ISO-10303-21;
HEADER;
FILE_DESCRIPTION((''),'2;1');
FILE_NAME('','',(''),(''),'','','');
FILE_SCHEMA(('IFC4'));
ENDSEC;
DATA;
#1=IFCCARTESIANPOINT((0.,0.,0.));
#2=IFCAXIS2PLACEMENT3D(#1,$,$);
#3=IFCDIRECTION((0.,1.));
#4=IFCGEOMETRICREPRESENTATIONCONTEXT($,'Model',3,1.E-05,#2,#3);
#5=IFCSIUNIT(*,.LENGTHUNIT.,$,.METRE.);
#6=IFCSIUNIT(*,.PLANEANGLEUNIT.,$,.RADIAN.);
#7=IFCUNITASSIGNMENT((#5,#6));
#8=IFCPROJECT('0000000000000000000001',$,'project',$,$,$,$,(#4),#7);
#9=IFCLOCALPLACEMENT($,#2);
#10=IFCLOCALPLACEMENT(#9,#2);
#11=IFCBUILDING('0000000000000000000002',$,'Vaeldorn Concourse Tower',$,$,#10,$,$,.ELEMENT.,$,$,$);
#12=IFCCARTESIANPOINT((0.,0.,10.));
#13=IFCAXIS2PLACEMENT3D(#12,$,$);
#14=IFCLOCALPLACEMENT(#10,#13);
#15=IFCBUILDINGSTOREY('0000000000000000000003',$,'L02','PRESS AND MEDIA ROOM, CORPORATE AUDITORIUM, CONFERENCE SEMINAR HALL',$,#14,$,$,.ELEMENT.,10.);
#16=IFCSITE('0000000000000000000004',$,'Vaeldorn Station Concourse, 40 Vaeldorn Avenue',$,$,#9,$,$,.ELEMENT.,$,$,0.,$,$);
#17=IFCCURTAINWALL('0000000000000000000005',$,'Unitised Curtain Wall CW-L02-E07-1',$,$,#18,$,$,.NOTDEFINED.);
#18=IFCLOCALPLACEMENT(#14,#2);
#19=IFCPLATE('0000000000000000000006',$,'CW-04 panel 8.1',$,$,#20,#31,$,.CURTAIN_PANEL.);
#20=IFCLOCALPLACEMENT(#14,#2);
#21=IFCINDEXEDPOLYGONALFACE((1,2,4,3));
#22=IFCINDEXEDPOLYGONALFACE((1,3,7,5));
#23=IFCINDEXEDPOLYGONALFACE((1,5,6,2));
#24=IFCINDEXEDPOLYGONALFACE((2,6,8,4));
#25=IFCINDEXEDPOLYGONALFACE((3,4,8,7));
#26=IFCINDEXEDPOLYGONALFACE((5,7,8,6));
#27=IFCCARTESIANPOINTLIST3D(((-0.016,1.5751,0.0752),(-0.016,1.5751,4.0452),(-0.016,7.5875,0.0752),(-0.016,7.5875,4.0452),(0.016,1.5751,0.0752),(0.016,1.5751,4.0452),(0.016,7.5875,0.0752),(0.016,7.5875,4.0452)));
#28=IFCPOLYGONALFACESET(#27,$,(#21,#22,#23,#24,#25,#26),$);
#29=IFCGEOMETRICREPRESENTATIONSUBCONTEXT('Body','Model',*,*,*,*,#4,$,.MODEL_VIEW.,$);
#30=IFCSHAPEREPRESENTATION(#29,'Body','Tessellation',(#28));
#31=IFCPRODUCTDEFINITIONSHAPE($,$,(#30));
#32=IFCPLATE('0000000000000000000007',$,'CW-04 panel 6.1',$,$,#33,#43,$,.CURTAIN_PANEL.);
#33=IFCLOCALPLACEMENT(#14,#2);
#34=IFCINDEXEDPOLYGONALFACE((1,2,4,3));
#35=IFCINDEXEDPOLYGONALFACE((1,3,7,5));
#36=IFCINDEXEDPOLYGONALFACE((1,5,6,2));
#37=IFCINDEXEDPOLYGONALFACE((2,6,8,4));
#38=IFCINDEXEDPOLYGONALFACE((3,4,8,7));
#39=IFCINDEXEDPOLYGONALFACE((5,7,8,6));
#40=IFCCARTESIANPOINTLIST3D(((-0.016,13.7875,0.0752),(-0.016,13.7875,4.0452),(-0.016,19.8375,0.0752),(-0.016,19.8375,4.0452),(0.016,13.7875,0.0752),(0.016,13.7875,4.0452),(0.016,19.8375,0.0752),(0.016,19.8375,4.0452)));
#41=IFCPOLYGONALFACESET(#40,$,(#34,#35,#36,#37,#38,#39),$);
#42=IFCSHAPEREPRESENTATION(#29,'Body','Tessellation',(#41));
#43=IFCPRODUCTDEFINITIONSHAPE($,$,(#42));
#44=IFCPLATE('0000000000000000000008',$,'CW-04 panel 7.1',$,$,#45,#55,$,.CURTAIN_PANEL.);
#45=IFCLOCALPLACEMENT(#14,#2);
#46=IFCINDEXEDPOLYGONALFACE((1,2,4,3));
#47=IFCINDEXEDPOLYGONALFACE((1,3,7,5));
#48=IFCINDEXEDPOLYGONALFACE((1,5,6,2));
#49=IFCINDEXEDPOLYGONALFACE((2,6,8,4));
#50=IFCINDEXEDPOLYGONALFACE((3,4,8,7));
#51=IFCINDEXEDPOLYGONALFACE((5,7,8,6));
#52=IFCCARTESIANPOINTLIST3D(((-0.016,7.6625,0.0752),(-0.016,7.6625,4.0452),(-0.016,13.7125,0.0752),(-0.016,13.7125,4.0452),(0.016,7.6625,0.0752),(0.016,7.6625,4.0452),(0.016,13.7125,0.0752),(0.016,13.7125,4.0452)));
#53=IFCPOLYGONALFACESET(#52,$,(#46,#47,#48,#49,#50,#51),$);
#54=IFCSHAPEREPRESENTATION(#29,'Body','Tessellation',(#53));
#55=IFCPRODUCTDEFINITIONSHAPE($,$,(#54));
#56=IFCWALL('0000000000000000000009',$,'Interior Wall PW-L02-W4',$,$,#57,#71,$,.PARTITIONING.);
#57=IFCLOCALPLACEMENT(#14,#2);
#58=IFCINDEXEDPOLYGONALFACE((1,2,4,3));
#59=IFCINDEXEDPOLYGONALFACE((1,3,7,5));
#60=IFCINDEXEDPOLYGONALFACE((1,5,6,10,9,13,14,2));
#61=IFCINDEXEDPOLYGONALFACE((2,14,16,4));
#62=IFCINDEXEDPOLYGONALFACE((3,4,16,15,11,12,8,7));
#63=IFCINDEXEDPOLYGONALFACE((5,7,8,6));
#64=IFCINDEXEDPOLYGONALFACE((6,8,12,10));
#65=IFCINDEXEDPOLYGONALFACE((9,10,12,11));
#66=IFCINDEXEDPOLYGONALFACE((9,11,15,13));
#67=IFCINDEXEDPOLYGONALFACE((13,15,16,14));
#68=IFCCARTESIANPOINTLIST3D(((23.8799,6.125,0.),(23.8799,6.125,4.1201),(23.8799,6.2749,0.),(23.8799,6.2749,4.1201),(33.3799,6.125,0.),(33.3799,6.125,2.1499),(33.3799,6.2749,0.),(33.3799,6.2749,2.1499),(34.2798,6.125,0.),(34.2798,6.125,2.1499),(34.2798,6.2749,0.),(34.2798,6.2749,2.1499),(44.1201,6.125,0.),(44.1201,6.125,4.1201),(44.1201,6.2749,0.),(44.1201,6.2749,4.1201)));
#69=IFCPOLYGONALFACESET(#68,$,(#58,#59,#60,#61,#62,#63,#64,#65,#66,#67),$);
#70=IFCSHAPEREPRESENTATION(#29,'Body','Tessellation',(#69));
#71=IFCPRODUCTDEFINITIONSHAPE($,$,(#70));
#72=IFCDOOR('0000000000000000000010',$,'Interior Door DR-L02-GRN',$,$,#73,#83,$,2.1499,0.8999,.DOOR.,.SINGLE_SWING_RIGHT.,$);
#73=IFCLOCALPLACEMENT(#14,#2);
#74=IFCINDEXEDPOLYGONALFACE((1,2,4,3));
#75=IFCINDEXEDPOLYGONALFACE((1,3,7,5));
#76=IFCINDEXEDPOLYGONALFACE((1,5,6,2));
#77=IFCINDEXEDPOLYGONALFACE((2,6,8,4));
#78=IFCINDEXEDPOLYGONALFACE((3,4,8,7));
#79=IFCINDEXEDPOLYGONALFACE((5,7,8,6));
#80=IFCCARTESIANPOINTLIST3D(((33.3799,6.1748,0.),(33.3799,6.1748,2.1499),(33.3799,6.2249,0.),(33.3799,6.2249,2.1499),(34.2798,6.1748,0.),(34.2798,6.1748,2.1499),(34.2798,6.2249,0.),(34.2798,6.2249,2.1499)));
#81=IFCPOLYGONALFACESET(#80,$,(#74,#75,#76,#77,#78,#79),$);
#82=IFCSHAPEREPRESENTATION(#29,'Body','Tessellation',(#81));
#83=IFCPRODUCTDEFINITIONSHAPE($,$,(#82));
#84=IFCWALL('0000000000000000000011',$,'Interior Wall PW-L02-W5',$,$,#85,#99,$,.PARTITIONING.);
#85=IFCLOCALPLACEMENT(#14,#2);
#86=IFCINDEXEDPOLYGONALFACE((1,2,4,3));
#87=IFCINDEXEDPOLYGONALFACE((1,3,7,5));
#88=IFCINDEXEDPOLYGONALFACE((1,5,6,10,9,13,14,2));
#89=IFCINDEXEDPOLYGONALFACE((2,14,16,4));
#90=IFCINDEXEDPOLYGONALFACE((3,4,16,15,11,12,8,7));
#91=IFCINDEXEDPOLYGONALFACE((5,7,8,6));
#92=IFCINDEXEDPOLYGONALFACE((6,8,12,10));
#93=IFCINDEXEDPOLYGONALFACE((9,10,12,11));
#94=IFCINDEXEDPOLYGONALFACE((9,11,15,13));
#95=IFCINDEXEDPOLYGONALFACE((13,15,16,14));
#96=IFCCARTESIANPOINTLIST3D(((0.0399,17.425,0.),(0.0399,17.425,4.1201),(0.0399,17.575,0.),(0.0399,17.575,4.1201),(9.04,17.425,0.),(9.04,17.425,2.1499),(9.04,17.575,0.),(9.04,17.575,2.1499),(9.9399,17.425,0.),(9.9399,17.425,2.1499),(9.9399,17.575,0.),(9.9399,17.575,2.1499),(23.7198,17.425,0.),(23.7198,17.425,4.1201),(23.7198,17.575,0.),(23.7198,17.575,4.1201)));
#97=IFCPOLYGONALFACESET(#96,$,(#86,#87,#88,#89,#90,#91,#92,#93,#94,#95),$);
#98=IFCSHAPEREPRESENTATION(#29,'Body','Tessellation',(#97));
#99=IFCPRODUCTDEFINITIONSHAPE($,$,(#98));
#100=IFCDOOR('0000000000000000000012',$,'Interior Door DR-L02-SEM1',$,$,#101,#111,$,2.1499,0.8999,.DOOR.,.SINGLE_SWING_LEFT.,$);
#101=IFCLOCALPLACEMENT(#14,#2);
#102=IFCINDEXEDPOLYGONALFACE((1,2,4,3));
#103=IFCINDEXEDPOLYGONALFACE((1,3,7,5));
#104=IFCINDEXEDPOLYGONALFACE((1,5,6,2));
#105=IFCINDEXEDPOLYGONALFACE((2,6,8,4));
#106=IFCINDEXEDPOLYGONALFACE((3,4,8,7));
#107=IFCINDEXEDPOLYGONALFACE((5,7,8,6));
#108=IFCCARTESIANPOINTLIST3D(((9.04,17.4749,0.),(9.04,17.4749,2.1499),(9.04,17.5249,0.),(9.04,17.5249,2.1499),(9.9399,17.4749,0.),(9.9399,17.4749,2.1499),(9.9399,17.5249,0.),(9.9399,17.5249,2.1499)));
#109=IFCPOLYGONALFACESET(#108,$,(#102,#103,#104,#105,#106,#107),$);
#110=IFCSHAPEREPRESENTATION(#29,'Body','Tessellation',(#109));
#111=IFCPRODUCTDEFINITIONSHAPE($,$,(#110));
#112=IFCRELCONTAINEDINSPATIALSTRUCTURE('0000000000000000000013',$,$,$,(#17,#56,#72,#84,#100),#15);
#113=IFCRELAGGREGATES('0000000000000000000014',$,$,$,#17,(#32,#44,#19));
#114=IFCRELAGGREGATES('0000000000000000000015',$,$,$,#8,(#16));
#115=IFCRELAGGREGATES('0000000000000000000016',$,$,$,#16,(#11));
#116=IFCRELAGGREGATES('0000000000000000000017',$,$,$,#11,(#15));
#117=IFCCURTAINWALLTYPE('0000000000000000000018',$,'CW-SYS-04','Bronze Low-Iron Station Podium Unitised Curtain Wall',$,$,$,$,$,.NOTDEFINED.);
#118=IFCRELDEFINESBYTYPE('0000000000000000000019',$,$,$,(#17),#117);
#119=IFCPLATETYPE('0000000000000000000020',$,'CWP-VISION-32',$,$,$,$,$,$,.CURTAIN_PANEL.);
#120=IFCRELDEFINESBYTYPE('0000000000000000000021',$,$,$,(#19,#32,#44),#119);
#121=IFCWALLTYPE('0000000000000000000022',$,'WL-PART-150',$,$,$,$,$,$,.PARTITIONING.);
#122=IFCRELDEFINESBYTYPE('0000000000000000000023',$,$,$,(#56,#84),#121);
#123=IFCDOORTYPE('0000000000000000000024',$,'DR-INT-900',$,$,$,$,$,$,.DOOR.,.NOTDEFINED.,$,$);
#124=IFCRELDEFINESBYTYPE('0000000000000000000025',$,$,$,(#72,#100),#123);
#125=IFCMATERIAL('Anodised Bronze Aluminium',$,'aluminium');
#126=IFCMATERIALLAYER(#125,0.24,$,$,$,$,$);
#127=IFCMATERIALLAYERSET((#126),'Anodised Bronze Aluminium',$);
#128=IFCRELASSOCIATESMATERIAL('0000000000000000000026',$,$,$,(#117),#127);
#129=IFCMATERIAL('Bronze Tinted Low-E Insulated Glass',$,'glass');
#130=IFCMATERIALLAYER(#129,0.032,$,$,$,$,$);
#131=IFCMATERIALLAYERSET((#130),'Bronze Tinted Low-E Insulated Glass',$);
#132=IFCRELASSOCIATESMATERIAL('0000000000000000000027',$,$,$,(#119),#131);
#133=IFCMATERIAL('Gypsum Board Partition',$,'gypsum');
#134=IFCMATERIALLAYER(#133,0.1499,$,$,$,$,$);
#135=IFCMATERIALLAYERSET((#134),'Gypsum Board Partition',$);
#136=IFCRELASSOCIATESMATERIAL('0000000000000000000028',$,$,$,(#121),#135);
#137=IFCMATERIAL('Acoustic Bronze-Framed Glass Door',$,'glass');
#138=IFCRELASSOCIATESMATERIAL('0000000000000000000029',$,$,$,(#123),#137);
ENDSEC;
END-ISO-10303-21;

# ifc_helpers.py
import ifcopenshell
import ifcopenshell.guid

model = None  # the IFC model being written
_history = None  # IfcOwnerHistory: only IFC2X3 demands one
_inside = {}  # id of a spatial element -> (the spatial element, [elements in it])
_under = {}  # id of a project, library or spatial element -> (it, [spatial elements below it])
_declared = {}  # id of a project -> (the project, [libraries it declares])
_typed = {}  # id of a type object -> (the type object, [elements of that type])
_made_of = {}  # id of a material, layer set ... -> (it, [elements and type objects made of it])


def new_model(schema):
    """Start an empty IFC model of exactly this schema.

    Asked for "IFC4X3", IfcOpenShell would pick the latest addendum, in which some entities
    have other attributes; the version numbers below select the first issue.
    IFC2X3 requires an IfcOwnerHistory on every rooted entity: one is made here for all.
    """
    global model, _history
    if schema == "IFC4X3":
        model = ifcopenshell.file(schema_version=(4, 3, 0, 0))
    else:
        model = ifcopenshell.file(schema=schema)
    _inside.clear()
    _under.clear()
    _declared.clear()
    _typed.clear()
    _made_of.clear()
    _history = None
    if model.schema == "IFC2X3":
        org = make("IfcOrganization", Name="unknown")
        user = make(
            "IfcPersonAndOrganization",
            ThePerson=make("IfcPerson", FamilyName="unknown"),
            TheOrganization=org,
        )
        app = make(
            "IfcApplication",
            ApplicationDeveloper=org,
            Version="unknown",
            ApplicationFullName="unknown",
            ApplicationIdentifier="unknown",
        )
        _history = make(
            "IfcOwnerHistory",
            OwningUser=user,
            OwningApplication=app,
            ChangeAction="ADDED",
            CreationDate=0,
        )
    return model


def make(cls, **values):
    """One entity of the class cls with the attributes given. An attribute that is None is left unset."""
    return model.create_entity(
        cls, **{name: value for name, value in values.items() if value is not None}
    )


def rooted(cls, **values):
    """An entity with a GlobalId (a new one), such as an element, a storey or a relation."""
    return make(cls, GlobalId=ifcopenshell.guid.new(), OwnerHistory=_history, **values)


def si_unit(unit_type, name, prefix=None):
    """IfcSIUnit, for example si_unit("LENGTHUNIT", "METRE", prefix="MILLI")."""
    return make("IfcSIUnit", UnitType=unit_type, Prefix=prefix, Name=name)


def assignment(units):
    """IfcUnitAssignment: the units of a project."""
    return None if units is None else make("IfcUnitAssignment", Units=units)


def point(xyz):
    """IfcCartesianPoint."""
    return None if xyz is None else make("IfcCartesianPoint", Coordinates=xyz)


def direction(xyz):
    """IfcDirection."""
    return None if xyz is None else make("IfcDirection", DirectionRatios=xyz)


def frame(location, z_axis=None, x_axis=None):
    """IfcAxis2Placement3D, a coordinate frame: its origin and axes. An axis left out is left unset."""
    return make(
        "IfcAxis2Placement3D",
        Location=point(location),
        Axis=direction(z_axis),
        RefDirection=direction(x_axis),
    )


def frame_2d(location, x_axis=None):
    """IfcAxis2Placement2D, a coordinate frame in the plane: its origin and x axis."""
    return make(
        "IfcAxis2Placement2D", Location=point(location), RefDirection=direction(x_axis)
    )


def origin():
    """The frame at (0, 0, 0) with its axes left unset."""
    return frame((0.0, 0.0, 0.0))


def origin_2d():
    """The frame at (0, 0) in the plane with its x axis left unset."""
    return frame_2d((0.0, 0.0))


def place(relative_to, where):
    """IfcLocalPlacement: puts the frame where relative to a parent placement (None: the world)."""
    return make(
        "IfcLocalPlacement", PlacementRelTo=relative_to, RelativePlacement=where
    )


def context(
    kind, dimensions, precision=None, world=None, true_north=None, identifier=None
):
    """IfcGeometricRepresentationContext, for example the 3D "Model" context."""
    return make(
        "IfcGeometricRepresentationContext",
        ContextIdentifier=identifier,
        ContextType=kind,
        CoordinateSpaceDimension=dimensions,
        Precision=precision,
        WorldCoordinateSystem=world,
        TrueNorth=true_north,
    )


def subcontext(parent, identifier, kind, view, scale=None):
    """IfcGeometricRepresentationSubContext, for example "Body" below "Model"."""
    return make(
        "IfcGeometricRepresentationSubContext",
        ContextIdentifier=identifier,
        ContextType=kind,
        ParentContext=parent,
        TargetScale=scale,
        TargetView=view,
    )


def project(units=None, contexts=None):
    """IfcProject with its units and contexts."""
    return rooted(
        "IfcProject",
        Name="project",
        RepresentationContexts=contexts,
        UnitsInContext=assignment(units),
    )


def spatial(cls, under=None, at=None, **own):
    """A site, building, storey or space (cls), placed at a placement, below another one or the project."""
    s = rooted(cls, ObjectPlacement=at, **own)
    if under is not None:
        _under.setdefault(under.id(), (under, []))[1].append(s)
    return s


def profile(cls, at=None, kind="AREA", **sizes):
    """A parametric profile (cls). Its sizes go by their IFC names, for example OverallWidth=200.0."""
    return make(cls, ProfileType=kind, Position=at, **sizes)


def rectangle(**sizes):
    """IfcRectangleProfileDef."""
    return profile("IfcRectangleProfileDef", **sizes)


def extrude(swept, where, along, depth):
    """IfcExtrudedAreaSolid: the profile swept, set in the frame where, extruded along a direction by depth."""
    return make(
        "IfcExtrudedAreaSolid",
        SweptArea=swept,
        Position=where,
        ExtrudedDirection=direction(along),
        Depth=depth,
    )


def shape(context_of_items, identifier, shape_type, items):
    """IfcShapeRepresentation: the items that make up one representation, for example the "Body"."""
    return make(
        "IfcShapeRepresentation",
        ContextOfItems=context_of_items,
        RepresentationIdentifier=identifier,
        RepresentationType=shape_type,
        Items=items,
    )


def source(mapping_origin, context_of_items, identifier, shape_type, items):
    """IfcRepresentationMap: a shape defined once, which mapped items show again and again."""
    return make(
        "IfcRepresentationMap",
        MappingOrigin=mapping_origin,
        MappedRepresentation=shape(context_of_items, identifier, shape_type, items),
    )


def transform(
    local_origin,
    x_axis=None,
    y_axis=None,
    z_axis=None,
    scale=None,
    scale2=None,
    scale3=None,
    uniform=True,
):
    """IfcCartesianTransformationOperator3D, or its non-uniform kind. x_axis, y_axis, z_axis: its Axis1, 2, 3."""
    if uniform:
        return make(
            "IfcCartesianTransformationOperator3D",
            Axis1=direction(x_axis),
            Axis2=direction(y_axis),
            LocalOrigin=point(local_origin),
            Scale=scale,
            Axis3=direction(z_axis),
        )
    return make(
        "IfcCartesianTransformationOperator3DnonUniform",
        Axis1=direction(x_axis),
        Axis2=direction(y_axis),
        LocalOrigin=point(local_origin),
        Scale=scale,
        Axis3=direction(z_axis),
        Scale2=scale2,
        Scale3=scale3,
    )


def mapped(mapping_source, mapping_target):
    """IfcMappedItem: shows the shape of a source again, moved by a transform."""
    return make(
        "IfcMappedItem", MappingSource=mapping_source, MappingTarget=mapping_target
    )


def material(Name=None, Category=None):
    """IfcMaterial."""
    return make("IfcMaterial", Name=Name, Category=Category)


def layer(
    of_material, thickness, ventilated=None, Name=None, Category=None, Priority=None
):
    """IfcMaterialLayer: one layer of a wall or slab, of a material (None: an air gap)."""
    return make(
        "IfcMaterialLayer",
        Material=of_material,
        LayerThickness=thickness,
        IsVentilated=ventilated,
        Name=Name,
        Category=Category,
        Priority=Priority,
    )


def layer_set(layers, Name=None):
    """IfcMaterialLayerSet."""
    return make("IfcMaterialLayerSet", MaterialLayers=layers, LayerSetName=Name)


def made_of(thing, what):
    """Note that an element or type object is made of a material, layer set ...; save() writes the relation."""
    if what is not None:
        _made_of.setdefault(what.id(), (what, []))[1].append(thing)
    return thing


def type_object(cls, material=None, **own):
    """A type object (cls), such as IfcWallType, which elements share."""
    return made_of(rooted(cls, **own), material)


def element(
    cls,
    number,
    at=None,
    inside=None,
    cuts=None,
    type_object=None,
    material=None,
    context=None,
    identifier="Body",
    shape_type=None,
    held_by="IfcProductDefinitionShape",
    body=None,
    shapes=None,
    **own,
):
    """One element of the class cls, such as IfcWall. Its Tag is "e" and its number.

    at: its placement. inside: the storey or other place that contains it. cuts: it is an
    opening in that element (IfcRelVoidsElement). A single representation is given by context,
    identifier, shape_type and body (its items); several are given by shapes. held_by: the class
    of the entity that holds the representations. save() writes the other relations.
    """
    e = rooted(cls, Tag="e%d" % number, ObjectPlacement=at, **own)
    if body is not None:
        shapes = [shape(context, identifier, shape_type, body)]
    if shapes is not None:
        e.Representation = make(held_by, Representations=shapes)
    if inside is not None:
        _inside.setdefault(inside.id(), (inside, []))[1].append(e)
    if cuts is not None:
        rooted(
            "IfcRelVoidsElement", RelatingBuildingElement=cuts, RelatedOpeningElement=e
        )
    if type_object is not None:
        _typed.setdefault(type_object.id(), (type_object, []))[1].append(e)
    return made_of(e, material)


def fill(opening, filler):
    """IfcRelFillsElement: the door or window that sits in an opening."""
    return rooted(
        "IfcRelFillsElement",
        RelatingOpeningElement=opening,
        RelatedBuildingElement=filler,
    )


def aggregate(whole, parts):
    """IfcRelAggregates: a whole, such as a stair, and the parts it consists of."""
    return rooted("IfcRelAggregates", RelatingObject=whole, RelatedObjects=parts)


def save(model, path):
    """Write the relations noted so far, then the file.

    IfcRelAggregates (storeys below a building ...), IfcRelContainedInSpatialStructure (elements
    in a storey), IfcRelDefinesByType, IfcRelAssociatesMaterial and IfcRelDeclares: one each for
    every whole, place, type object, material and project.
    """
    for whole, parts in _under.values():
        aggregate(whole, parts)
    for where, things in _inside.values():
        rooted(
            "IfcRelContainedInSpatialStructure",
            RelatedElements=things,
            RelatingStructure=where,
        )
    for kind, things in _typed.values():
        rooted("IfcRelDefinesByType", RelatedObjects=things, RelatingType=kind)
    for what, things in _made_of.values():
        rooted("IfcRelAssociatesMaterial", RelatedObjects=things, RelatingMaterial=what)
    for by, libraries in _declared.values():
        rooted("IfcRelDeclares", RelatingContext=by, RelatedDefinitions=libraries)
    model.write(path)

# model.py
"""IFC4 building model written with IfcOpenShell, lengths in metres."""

from ifc_helpers import new_model, si_unit, direction, frame, frame_2d, origin, origin_2d, place, context, subcontext, project, spatial, rectangle, extrude, source, transform, mapped, material, layer, layer_set, type_object, element, fill, aggregate, save


model = new_model("IFC4")

# Units and contexts
model_context = context("Model", 3, precision=1e-05, world=origin(), true_north=direction((0.0, 1.0)))
body_context = subcontext(model_context, "Body", "Model", "MODEL_VIEW")
ifc_project = project(units=[si_unit("LENGTHUNIT", "METRE"), si_unit("PLANEANGLEUNIT", "RADIAN")], contexts=[model_context])

# Site, building, storey
site_placement = place(None, origin())
site = spatial("IfcSite", under=ifc_project, at=site_placement, Name="Vaeldorn Station Concourse, 40 Vaeldorn Avenue", CompositionType="ELEMENT", RefElevation=0.0)
building_placement = place(site_placement, origin())
building = spatial("IfcBuilding", under=site, at=building_placement, Name="Vaeldorn Concourse Tower", CompositionType="ELEMENT")
storey_placement = place(building_placement, frame((0.0, 0.0, 10.0)))
storey = spatial("IfcBuildingStorey", under=building, at=storey_placement, Name="L02", Description="PRESS AND MEDIA ROOM, CORPORATE AUDITORIUM, CONFERENCE SEMINAR HALL", CompositionType="ELEMENT", Elevation=10.0)

# Curtain wall
ifc_material_1 = material(Name="Anodised Bronze Aluminium", Category="aluminium")
ifc_layer_1 = layer(ifc_material_1, 0.24)
ifc_layer_set_1 = layer_set([ifc_layer_1], Name="Anodised Bronze Aluminium")
curtain_wall_type = type_object("IfcCurtainWallType", Name="CW-SYS-04", Description="Bronze Low-Iron Station Podium Unitised Curtain Wall", PredefinedType="NOTDEFINED", material=ifc_layer_set_1)
curtain_wall_1_placement = place(storey_placement, origin())
curtain_wall_1 = element("IfcCurtainWall", 1, at=curtain_wall_1_placement, inside=storey, type_object=curtain_wall_type, Name="Unitised Curtain Wall CW-L02-E07-1", PredefinedType="NOTDEFINED")

# Plates
ifc_material_2 = material(Name="Bronze Tinted Low-E Insulated Glass", Category="glass")
ifc_layer_2 = layer(ifc_material_2, 0.032)
ifc_layer_set_2 = layer_set([ifc_layer_2], Name="Bronze Tinted Low-E Insulated Glass")
plate_type = type_object("IfcPlateType", Name="CWP-VISION-32", PredefinedType="CURTAIN_PANEL", material=ifc_layer_set_2)
shared_shape_1 = source(origin(), body_context, "Body", "SweptSolid", [
    extrude(rectangle(XDim=6.0125, YDim=0.032, at=origin_2d()), origin(), (0.0, 0.0, 1.0), 3.97),
])
plate_1_placement = place(storey_placement, frame((0.0, 4.5813, 0.0752), z_axis=(0.0, 0.0, 1.0), x_axis=(0.0, -1.0, 0.0)))
plate_1 = element("IfcPlate", 2, at=plate_1_placement, type_object=plate_type, Name="CW-04 panel 8.1", PredefinedType="CURTAIN_PANEL", context=body_context, shape_type="MappedRepresentation", body=[
    mapped(shared_shape_1, transform((0.0, 0.0, 0.0), scale=1.0)),
])
shared_shape_2 = source(origin(), body_context, "Body", "SweptSolid", [
    extrude(rectangle(XDim=6.05, YDim=0.032, at=origin_2d()), origin(), (0.0, 0.0, 1.0), 3.97),
])
plate_2_placement = place(storey_placement, frame((0.0, 16.8125, 0.0752), z_axis=(0.0, 0.0, 1.0), x_axis=(0.0, -1.0, 0.0)))
plate_2 = element("IfcPlate", 3, at=plate_2_placement, type_object=plate_type, Name="CW-04 panel 6.1", PredefinedType="CURTAIN_PANEL", context=body_context, shape_type="MappedRepresentation", body=[
    mapped(shared_shape_2, transform((0.0, 0.0, 0.0), scale=1.0)),
])
plate_3_placement = place(storey_placement, frame((0.0, 10.6875, 0.0752), z_axis=(0.0, 0.0, 1.0), x_axis=(0.0, -1.0, 0.0)))
plate_3 = element("IfcPlate", 4, at=plate_3_placement, type_object=plate_type, Name="CW-04 panel 7.1", PredefinedType="CURTAIN_PANEL", context=body_context, shape_type="MappedRepresentation", body=[
    mapped(shared_shape_2, transform((0.0, 0.0, 0.0), scale=1.0)),
])
aggregate(curtain_wall_1, [plate_2, plate_3, plate_1])

# Walls, openings, doors
ifc_material_3 = material(Name="Gypsum Board Partition", Category="gypsum")
ifc_layer_3 = layer(ifc_material_3, 0.1499)
ifc_layer_set_3 = layer_set([ifc_layer_3], Name="Gypsum Board Partition")
wall_type = type_object("IfcWallType", Name="WL-PART-150", PredefinedType="PARTITIONING", material=ifc_layer_set_3)
wall_1_placement = place(storey_placement, frame((23.8799, 6.2, 0.0), z_axis=(0.0, 0.0, 1.0), x_axis=(1.0, 0.0, 0.0)))
wall_1 = element("IfcWall", 5, at=wall_1_placement, inside=storey, type_object=wall_type, Name="Interior Wall PW-L02-W4", PredefinedType="PARTITIONING", context=body_context, shape_type="SweptSolid", body=[
    extrude(rectangle(XDim=20.2402, YDim=0.1499, at=frame_2d((10.1201, 0.0))), origin(), (0.0, 0.0, 1.0), 4.1201),
])
opening_1_placement = place(wall_1_placement, frame((9.5, 0.0, 0.0)))
opening_1 = element("IfcOpeningElement", 6, at=opening_1_placement, cuts=wall_1, PredefinedType="OPENING", context=body_context, shape_type="SweptSolid", body=[
    extrude(rectangle(XDim=0.8999, YDim=2.1499, at=frame_2d((0.45, 1.075))), frame((0.0, 0.085, 0.0), z_axis=(0.0, -1.0, 0.0), x_axis=(1.0, 0.0, 0.0)), (0.0, 0.0, 1.0), 0.1699),
])
ifc_material_4 = material(Name="Acoustic Bronze-Framed Glass Door", Category="glass")
door_type = type_object("IfcDoorType", Name="DR-INT-900", OperationType="NOTDEFINED", PredefinedType="DOOR", material=ifc_material_4)
shared_shape_3 = source(origin(), body_context, "Body", "SweptSolid", [
    extrude(rectangle(XDim=0.8999, YDim=2.1499, at=frame_2d((0.45, 1.075))), frame((0.0, 0.0249, 0.0), z_axis=(0.0, -1.0, 0.0), x_axis=(1.0, 0.0, 0.0)), (0.0, 0.0, 1.0), 0.05),
])
door_1_placement = place(opening_1_placement, origin())
door_1 = element("IfcDoor", 7, at=door_1_placement, inside=storey, type_object=door_type, Name="Interior Door DR-L02-GRN", OperationType="SINGLE_SWING_RIGHT", OverallHeight=2.1499, OverallWidth=0.8999, PredefinedType="DOOR", context=body_context, shape_type="MappedRepresentation", body=[
    mapped(shared_shape_3, transform((0.0, 0.0, 0.0), scale=1.0)),
])
fill(opening_1, door_1)
wall_2_placement = place(storey_placement, frame((0.04, 17.5, 0.0), z_axis=(0.0, 0.0, 1.0), x_axis=(1.0, 0.0, 0.0)))
wall_2 = element("IfcWall", 8, at=wall_2_placement, inside=storey, type_object=wall_type, Name="Interior Wall PW-L02-W5", PredefinedType="PARTITIONING", context=body_context, shape_type="SweptSolid", body=[
    extrude(rectangle(XDim=23.6799, YDim=0.1499, at=frame_2d((11.8398, 0.0))), origin(), (0.0, 0.0, 1.0), 4.1201),
])
opening_2_placement = place(wall_2_placement, frame((9.0, 0.0, 0.0)))
opening_2 = element("IfcOpeningElement", 9, at=opening_2_placement, cuts=wall_2, PredefinedType="OPENING", context=body_context, shape_type="SweptSolid", body=[
    extrude(rectangle(XDim=0.8999, YDim=2.1499, at=frame_2d((0.45, 1.075))), frame((0.0, 0.085, 0.0), z_axis=(0.0, -1.0, 0.0), x_axis=(1.0, 0.0, 0.0)), (0.0, 0.0, 1.0), 0.1699),
])
door_2_placement = place(opening_2_placement, origin())
door_2 = element("IfcDoor", 10, at=door_2_placement, inside=storey, type_object=door_type, Name="Interior Door DR-L02-SEM1", OperationType="SINGLE_SWING_LEFT", OverallHeight=2.1499, OverallWidth=0.8999, PredefinedType="DOOR", context=body_context, shape_type="MappedRepresentation", body=[
    mapped(shared_shape_3, transform((0.0, 0.0, 0.0), scale=1.0)),
])
fill(opening_2, door_2)

save(model, "model.ifc")
